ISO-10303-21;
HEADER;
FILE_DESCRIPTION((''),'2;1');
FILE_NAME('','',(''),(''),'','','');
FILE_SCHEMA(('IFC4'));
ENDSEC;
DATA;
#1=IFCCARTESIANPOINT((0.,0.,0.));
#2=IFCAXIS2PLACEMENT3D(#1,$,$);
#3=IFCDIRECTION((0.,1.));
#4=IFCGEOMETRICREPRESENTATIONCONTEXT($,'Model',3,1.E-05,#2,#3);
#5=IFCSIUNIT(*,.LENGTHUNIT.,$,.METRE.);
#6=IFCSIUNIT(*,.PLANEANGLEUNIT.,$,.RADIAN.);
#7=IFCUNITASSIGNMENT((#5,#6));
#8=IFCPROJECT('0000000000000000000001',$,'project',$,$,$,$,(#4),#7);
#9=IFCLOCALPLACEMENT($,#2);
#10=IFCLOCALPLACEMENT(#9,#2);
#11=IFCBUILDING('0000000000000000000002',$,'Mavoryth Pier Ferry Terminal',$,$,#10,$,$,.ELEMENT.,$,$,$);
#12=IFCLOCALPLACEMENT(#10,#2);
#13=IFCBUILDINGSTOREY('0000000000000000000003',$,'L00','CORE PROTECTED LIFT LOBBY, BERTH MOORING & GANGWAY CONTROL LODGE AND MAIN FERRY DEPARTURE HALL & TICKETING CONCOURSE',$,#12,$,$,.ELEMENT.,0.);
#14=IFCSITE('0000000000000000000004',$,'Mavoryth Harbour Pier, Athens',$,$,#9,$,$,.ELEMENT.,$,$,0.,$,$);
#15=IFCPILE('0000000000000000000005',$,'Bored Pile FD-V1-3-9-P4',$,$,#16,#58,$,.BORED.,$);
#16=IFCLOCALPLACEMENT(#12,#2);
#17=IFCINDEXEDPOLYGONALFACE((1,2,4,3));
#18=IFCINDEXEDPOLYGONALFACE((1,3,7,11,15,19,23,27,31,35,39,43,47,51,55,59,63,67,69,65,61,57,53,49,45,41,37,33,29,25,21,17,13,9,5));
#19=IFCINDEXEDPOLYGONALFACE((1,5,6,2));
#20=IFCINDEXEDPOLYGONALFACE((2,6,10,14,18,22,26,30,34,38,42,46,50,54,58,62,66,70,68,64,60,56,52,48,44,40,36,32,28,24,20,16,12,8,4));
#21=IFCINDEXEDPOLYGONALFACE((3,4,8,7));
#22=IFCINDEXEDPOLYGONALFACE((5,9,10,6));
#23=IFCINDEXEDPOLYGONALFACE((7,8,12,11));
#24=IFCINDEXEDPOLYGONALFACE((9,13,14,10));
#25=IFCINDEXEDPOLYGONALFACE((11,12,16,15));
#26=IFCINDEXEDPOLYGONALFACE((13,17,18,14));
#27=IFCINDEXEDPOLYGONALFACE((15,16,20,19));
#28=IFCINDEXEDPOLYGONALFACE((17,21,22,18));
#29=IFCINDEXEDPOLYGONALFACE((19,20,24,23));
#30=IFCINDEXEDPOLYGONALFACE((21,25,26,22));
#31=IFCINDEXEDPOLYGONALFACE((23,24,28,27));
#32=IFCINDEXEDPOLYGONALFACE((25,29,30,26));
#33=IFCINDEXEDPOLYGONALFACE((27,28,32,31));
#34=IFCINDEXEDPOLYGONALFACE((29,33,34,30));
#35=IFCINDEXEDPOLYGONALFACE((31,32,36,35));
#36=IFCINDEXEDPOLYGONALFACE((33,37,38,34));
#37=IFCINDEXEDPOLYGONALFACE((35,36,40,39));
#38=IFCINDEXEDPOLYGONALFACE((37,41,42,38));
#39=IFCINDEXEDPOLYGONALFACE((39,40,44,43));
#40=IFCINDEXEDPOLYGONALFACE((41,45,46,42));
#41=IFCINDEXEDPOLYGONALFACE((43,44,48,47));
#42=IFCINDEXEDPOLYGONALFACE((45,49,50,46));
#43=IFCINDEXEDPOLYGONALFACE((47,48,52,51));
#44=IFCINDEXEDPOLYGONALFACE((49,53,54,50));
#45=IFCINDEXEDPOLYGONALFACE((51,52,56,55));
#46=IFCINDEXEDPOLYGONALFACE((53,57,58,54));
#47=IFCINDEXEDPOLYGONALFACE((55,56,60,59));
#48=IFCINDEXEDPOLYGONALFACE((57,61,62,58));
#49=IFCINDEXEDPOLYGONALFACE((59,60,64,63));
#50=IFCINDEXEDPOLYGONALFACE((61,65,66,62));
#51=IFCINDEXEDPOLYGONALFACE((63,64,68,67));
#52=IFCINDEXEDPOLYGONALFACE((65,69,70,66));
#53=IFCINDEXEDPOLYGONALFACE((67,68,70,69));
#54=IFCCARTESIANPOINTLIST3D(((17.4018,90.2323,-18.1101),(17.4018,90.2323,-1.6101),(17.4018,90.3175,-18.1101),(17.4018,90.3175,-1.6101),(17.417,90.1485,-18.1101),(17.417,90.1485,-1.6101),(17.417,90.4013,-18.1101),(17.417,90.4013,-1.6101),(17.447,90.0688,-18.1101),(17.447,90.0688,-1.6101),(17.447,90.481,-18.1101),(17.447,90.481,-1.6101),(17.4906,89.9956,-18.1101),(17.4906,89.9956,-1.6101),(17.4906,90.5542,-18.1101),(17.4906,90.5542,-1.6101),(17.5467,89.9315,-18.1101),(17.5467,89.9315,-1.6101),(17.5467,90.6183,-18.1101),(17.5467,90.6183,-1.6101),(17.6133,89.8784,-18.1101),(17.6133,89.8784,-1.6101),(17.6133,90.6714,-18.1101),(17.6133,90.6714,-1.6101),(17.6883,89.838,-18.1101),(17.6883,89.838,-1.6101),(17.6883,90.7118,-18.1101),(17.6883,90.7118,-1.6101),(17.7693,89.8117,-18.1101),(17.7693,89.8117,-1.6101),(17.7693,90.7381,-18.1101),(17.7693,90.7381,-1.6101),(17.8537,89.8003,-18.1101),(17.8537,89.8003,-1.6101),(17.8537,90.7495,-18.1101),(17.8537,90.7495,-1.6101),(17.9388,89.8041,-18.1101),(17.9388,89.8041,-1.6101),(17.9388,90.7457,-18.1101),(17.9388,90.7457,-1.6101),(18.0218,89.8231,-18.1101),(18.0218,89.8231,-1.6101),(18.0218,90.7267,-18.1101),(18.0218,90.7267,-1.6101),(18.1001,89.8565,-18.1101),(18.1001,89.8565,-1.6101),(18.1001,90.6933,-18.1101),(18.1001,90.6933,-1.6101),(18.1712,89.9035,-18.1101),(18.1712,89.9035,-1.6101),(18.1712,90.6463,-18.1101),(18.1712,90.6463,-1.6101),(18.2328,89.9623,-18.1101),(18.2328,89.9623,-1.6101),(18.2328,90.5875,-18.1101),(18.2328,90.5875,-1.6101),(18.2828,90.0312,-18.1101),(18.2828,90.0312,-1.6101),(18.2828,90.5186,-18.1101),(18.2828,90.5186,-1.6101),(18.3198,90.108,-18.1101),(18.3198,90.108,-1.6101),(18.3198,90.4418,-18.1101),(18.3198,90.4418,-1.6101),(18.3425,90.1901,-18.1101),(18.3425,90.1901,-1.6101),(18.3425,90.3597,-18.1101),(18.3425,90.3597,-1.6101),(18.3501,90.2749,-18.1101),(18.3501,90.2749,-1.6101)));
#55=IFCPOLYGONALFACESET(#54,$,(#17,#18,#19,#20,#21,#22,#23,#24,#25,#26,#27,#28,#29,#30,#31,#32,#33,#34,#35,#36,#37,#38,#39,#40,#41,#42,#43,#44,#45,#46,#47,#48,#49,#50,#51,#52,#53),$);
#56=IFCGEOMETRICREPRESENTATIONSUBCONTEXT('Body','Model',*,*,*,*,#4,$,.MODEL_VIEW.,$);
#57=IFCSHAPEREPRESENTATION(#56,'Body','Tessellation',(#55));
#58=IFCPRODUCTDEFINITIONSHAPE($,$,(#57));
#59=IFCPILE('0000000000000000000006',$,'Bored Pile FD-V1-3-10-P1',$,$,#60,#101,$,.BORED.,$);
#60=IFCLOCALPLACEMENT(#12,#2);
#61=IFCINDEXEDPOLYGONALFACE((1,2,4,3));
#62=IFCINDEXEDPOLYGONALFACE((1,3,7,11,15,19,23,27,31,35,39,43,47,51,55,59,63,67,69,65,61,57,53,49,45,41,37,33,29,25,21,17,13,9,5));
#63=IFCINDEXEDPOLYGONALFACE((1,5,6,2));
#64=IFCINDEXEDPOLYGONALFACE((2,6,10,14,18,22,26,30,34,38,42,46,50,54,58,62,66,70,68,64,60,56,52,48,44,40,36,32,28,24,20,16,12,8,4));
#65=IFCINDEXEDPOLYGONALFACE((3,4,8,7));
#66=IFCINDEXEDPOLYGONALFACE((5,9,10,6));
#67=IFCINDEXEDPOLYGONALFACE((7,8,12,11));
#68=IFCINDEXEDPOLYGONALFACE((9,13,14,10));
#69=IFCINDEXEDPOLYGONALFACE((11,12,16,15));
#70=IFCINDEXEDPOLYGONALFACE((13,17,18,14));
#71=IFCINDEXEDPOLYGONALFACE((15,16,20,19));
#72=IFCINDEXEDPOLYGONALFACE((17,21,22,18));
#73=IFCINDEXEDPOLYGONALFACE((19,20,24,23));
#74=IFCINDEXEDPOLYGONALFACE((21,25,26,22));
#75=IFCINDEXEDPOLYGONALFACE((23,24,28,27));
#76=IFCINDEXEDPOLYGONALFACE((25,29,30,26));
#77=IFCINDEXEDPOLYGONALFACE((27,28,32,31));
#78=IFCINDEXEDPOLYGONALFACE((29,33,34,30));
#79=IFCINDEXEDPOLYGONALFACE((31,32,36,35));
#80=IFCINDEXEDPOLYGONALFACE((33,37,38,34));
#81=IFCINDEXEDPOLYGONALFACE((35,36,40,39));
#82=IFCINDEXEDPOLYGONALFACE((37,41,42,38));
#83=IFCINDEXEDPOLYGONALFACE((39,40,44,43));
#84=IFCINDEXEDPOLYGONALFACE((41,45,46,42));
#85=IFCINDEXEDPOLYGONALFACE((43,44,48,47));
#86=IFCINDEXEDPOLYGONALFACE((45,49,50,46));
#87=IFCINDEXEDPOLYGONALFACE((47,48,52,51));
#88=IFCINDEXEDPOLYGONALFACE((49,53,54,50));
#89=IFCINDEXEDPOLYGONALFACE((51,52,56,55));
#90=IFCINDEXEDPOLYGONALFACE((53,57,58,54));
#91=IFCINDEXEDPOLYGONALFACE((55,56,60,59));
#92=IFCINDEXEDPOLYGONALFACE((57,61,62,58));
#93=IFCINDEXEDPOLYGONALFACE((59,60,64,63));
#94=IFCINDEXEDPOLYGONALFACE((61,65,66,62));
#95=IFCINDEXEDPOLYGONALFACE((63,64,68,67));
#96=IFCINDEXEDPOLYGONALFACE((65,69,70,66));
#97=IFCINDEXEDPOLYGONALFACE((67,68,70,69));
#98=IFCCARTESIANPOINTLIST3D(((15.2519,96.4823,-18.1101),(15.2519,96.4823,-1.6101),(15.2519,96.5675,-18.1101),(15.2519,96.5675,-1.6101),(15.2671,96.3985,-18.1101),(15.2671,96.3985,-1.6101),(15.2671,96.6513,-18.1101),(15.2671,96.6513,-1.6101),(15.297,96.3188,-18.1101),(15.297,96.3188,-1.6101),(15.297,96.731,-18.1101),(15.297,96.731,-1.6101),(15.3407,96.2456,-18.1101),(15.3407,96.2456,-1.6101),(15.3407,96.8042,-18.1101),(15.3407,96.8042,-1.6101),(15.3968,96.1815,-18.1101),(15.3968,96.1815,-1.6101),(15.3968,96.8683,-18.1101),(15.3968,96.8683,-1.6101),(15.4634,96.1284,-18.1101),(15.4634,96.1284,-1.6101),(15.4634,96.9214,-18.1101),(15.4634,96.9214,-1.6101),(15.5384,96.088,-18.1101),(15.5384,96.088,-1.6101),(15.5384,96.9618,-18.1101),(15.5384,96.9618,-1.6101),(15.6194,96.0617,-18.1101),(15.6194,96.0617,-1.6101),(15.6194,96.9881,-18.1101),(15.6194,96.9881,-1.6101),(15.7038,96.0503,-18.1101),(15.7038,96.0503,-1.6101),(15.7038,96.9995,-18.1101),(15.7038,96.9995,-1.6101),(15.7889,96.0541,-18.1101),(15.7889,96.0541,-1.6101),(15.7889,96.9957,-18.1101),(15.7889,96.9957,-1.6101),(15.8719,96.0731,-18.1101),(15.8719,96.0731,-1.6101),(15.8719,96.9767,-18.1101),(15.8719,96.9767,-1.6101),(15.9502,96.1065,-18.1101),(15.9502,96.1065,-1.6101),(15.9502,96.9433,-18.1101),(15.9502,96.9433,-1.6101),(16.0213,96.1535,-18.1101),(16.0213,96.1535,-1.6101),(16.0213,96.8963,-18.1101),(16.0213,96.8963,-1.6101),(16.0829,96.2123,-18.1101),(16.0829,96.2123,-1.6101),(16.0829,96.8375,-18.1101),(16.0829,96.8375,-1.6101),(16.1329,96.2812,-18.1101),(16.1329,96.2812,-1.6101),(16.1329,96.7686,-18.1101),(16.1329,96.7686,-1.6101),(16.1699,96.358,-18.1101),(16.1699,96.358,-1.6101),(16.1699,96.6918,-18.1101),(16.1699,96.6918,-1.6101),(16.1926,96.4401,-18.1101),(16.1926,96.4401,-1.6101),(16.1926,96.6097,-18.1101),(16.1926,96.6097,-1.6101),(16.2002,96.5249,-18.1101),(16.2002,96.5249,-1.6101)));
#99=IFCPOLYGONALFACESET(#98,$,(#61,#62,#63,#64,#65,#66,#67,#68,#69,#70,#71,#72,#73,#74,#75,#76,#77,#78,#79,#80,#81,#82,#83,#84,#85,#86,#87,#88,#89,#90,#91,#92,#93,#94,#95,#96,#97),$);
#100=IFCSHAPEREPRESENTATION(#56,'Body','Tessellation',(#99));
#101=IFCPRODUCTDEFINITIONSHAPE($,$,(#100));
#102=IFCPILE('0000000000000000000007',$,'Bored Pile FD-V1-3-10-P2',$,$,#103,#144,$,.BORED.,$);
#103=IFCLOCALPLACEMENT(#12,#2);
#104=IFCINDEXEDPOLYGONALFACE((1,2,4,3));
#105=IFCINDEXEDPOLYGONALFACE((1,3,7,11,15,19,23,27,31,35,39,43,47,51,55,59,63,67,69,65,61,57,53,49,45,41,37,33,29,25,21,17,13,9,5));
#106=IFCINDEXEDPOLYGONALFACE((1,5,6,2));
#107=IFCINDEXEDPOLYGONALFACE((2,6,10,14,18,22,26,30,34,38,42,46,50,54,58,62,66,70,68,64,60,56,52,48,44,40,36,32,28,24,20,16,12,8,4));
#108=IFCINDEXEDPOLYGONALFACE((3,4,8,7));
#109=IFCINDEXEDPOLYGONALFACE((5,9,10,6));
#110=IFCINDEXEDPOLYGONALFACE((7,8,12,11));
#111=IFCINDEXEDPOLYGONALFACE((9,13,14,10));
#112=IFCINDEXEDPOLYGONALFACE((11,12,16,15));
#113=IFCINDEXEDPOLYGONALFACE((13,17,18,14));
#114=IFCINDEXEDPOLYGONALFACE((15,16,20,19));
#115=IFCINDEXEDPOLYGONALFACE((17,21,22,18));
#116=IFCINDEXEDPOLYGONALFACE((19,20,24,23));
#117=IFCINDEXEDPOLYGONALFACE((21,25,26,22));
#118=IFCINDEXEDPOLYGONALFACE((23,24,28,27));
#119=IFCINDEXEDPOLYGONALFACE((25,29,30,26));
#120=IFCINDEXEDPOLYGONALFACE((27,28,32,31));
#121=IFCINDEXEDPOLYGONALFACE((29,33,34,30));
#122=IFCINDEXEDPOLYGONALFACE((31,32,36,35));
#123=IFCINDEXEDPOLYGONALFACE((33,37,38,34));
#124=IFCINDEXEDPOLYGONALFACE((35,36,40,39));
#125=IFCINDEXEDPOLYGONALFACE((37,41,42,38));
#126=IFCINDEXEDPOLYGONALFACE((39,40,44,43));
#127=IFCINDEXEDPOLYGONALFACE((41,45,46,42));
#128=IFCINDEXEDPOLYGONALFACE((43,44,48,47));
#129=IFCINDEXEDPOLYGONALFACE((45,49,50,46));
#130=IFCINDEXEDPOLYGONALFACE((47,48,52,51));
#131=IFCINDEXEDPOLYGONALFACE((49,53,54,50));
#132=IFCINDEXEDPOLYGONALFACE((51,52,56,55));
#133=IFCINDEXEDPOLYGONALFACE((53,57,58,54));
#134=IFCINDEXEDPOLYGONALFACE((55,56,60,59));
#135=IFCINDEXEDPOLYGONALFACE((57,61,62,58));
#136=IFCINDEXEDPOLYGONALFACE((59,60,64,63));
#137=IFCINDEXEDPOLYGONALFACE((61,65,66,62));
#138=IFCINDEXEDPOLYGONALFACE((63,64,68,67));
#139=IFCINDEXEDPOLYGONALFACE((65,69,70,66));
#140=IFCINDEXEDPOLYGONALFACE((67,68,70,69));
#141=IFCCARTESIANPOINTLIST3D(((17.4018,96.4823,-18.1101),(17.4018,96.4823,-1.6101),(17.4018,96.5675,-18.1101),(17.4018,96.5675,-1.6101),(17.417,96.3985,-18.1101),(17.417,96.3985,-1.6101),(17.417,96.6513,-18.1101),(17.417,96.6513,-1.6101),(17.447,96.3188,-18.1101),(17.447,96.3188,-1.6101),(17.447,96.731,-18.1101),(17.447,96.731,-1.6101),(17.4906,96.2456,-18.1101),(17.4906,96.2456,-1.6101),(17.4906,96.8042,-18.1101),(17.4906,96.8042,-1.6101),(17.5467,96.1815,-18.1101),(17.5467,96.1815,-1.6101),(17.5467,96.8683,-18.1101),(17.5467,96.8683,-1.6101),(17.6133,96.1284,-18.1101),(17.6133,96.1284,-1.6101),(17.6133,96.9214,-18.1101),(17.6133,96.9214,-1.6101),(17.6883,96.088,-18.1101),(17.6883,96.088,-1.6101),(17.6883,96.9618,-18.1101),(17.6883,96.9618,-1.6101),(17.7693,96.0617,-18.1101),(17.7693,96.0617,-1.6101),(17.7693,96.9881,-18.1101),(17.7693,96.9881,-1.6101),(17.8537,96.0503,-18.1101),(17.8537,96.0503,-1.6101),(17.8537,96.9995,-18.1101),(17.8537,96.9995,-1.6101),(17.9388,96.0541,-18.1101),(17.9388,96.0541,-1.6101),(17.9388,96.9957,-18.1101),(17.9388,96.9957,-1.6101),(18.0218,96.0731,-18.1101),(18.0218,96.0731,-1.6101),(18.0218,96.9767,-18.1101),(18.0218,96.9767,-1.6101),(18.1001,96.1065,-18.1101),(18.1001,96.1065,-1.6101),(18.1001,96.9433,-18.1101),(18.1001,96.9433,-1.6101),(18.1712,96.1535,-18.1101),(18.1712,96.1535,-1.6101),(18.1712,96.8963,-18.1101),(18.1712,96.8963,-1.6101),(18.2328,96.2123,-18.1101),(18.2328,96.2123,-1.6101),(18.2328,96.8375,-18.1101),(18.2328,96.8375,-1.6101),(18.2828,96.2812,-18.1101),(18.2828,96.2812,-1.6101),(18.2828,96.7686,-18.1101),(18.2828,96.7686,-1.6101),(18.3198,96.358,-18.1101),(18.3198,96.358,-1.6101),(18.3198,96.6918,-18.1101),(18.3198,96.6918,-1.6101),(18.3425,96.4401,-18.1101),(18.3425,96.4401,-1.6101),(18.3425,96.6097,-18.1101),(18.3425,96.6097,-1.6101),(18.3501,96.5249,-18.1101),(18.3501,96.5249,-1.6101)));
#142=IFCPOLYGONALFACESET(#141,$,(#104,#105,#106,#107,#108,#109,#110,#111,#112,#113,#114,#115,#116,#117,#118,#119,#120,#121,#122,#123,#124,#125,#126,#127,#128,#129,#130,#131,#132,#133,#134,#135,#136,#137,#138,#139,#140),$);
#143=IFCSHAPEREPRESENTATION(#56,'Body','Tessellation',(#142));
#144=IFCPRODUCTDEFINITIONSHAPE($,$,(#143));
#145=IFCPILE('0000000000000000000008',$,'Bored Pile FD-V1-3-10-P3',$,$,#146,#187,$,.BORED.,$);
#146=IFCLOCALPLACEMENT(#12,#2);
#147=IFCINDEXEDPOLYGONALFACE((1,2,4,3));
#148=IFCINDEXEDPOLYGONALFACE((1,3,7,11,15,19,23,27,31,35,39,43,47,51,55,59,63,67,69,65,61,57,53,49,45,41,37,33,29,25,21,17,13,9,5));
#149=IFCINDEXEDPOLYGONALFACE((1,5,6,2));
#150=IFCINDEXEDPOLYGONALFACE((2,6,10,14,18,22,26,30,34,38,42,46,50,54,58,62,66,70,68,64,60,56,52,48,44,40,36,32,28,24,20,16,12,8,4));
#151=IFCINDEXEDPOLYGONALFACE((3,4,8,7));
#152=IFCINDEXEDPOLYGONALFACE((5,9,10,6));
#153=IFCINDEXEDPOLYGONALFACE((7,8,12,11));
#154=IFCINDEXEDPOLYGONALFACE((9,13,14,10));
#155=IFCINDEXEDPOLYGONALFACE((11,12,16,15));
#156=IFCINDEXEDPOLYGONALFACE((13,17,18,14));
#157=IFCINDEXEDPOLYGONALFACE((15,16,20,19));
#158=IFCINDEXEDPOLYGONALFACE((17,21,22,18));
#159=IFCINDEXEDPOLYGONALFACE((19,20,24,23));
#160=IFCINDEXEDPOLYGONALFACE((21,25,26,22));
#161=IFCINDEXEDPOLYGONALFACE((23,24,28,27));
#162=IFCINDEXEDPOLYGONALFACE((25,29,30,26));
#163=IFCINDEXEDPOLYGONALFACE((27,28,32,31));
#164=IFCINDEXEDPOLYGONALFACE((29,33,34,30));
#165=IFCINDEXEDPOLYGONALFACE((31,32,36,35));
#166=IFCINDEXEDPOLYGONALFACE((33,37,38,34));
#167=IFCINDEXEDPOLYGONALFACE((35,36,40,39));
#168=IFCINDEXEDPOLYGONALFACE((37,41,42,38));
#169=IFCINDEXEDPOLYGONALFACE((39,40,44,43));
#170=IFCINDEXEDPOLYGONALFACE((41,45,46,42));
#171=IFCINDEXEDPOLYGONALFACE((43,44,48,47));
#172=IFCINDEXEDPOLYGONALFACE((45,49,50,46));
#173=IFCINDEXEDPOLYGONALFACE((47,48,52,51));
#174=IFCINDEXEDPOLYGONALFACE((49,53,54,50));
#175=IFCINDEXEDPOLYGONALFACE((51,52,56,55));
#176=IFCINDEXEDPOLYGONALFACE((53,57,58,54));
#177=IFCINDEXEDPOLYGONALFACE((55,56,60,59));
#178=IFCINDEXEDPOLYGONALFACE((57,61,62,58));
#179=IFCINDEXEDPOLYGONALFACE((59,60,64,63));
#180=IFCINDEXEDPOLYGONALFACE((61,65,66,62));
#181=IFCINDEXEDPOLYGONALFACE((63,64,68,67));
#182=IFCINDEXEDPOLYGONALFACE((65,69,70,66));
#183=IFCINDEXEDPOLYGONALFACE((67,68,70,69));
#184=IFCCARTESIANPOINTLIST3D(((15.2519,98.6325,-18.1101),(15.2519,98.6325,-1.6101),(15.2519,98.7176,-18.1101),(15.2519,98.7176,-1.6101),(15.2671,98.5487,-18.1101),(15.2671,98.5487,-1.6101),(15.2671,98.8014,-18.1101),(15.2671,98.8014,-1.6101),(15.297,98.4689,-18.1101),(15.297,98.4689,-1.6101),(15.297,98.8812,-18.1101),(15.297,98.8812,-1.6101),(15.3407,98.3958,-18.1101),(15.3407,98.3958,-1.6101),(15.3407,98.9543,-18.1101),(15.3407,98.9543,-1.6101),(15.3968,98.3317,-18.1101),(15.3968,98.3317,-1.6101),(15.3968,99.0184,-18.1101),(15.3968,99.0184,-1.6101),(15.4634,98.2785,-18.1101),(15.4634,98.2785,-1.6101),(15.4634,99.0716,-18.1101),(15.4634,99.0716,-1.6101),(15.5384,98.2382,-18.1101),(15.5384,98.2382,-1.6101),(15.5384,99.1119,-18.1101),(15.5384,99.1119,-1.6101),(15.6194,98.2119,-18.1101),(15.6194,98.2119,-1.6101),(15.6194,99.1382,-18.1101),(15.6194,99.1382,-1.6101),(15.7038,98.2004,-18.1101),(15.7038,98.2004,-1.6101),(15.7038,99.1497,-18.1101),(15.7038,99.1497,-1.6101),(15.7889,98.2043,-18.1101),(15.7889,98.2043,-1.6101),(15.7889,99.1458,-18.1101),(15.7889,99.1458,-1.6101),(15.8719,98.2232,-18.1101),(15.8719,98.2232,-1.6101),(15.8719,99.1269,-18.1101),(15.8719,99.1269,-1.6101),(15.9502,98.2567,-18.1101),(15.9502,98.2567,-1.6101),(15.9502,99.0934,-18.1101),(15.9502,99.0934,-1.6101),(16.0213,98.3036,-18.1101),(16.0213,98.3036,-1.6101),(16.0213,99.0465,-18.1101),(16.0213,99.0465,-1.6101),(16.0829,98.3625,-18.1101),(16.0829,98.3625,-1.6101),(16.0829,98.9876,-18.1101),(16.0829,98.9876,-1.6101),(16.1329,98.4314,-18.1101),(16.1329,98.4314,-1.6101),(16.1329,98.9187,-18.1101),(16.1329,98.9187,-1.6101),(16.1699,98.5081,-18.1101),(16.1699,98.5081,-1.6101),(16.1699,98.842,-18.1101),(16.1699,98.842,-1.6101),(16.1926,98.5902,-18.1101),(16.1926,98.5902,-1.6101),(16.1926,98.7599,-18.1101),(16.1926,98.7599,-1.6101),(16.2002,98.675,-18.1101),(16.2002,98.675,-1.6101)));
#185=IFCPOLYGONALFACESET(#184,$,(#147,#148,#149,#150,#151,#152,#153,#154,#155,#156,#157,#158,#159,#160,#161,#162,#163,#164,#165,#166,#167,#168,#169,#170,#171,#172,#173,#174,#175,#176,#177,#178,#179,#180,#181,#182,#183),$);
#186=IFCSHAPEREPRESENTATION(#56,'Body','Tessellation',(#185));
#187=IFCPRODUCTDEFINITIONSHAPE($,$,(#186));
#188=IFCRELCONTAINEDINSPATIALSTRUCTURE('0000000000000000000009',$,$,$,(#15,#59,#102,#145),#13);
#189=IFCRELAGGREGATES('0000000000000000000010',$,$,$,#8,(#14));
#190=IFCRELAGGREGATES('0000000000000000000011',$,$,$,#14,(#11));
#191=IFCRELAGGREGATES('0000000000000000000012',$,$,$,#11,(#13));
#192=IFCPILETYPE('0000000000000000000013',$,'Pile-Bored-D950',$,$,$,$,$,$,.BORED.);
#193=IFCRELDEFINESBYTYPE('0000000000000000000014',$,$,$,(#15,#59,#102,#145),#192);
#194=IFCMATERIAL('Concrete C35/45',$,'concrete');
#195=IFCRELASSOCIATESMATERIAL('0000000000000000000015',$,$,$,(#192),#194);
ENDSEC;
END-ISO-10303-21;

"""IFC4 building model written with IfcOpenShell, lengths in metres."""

from ifc_helpers import new_model, si_unit, direction, frame, origin, origin_2d, place, context, subcontext, project, spatial, circle, extrude, material, material_profile, profile_set, type_object, element, save


model = new_model("IFC4")

# Units and contexts
model_context = context("Model", 3, precision=1e-05, world=origin(), true_north=direction((0.0, 1.0)))
body_context = subcontext(model_context, "Body", "Model", "MODEL_VIEW")
ifc_project = project(units=[si_unit("LENGTHUNIT", "METRE"), si_unit("PLANEANGLEUNIT", "RADIAN")], contexts=[model_context])

# Site, building, storey
site_placement = place(None, origin())
site = spatial("IfcSite", under=ifc_project, at=site_placement, Name="Mavoryth Harbour Pier, Athens", CompositionType="ELEMENT", RefElevation=0.0)
building_placement = place(site_placement, origin())
building = spatial("IfcBuilding", under=site, at=building_placement, Name="Mavoryth Pier Ferry Terminal", CompositionType="ELEMENT")
storey_placement = place(building_placement, origin())
storey = spatial("IfcBuildingStorey", under=building, at=storey_placement, Name="L00", Description="CORE PROTECTED LIFT LOBBY, BERTH MOORING & GANGWAY CONTROL LODGE AND MAIN FERRY DEPARTURE HALL & TICKETING CONCOURSE", CompositionType="ELEMENT", Elevation=0.0)

# Shared definitions
ifc_material_1 = material(Name="Concrete C35/45", Category="concrete")

# Piles
ifc_material_profile_1 = material_profile(ifc_material_1, circle(Radius=0.4751, at=origin_2d()), Name="PILE D950", Category="concrete")
ifc_profile_set_1 = profile_set([ifc_material_profile_1], Name="Concrete C35/45 - PILE D950")
pile_type = type_object("IfcPileType", Name="Pile-Bored-D950", PredefinedType="BORED", material=ifc_profile_set_1)
for number, where, z_axis, x_axis, name in (
    (1, (17.875, 90.2749, -1.6101), (0.0, 0.0, -1.0), (1.0, 0.0, 0.0), "Bored Pile FD-V1-3-9-P4"),
    (2, (15.7251, 96.5249, -1.6101), (0.0, 0.0, -1.0), (1.0, 0.0, 0.0), "Bored Pile FD-V1-3-10-P1"),
    (3, (17.875, 96.5249, -1.6101), (0.0, 0.0, -1.0), (1.0, 0.0, 0.0), "Bored Pile FD-V1-3-10-P2"),
    (4, (15.7251, 98.675, -1.6101), (0.0, 0.0, -1.0), (1.0, 0.0, 0.0), "Bored Pile FD-V1-3-10-P3"),
):
    element("IfcPile", number, at=place(storey_placement, frame(where, z_axis=z_axis, x_axis=x_axis)), inside=storey, type_object=pile_type, Name=name, PredefinedType="BORED", context=body_context, shape_type="SweptSolid", body=[
        extrude(circle(Radius=0.4751, at=origin_2d()), origin(), (0.0, 0.0, 1.0), 16.5),
    ])

save(model, "model.ifc")
